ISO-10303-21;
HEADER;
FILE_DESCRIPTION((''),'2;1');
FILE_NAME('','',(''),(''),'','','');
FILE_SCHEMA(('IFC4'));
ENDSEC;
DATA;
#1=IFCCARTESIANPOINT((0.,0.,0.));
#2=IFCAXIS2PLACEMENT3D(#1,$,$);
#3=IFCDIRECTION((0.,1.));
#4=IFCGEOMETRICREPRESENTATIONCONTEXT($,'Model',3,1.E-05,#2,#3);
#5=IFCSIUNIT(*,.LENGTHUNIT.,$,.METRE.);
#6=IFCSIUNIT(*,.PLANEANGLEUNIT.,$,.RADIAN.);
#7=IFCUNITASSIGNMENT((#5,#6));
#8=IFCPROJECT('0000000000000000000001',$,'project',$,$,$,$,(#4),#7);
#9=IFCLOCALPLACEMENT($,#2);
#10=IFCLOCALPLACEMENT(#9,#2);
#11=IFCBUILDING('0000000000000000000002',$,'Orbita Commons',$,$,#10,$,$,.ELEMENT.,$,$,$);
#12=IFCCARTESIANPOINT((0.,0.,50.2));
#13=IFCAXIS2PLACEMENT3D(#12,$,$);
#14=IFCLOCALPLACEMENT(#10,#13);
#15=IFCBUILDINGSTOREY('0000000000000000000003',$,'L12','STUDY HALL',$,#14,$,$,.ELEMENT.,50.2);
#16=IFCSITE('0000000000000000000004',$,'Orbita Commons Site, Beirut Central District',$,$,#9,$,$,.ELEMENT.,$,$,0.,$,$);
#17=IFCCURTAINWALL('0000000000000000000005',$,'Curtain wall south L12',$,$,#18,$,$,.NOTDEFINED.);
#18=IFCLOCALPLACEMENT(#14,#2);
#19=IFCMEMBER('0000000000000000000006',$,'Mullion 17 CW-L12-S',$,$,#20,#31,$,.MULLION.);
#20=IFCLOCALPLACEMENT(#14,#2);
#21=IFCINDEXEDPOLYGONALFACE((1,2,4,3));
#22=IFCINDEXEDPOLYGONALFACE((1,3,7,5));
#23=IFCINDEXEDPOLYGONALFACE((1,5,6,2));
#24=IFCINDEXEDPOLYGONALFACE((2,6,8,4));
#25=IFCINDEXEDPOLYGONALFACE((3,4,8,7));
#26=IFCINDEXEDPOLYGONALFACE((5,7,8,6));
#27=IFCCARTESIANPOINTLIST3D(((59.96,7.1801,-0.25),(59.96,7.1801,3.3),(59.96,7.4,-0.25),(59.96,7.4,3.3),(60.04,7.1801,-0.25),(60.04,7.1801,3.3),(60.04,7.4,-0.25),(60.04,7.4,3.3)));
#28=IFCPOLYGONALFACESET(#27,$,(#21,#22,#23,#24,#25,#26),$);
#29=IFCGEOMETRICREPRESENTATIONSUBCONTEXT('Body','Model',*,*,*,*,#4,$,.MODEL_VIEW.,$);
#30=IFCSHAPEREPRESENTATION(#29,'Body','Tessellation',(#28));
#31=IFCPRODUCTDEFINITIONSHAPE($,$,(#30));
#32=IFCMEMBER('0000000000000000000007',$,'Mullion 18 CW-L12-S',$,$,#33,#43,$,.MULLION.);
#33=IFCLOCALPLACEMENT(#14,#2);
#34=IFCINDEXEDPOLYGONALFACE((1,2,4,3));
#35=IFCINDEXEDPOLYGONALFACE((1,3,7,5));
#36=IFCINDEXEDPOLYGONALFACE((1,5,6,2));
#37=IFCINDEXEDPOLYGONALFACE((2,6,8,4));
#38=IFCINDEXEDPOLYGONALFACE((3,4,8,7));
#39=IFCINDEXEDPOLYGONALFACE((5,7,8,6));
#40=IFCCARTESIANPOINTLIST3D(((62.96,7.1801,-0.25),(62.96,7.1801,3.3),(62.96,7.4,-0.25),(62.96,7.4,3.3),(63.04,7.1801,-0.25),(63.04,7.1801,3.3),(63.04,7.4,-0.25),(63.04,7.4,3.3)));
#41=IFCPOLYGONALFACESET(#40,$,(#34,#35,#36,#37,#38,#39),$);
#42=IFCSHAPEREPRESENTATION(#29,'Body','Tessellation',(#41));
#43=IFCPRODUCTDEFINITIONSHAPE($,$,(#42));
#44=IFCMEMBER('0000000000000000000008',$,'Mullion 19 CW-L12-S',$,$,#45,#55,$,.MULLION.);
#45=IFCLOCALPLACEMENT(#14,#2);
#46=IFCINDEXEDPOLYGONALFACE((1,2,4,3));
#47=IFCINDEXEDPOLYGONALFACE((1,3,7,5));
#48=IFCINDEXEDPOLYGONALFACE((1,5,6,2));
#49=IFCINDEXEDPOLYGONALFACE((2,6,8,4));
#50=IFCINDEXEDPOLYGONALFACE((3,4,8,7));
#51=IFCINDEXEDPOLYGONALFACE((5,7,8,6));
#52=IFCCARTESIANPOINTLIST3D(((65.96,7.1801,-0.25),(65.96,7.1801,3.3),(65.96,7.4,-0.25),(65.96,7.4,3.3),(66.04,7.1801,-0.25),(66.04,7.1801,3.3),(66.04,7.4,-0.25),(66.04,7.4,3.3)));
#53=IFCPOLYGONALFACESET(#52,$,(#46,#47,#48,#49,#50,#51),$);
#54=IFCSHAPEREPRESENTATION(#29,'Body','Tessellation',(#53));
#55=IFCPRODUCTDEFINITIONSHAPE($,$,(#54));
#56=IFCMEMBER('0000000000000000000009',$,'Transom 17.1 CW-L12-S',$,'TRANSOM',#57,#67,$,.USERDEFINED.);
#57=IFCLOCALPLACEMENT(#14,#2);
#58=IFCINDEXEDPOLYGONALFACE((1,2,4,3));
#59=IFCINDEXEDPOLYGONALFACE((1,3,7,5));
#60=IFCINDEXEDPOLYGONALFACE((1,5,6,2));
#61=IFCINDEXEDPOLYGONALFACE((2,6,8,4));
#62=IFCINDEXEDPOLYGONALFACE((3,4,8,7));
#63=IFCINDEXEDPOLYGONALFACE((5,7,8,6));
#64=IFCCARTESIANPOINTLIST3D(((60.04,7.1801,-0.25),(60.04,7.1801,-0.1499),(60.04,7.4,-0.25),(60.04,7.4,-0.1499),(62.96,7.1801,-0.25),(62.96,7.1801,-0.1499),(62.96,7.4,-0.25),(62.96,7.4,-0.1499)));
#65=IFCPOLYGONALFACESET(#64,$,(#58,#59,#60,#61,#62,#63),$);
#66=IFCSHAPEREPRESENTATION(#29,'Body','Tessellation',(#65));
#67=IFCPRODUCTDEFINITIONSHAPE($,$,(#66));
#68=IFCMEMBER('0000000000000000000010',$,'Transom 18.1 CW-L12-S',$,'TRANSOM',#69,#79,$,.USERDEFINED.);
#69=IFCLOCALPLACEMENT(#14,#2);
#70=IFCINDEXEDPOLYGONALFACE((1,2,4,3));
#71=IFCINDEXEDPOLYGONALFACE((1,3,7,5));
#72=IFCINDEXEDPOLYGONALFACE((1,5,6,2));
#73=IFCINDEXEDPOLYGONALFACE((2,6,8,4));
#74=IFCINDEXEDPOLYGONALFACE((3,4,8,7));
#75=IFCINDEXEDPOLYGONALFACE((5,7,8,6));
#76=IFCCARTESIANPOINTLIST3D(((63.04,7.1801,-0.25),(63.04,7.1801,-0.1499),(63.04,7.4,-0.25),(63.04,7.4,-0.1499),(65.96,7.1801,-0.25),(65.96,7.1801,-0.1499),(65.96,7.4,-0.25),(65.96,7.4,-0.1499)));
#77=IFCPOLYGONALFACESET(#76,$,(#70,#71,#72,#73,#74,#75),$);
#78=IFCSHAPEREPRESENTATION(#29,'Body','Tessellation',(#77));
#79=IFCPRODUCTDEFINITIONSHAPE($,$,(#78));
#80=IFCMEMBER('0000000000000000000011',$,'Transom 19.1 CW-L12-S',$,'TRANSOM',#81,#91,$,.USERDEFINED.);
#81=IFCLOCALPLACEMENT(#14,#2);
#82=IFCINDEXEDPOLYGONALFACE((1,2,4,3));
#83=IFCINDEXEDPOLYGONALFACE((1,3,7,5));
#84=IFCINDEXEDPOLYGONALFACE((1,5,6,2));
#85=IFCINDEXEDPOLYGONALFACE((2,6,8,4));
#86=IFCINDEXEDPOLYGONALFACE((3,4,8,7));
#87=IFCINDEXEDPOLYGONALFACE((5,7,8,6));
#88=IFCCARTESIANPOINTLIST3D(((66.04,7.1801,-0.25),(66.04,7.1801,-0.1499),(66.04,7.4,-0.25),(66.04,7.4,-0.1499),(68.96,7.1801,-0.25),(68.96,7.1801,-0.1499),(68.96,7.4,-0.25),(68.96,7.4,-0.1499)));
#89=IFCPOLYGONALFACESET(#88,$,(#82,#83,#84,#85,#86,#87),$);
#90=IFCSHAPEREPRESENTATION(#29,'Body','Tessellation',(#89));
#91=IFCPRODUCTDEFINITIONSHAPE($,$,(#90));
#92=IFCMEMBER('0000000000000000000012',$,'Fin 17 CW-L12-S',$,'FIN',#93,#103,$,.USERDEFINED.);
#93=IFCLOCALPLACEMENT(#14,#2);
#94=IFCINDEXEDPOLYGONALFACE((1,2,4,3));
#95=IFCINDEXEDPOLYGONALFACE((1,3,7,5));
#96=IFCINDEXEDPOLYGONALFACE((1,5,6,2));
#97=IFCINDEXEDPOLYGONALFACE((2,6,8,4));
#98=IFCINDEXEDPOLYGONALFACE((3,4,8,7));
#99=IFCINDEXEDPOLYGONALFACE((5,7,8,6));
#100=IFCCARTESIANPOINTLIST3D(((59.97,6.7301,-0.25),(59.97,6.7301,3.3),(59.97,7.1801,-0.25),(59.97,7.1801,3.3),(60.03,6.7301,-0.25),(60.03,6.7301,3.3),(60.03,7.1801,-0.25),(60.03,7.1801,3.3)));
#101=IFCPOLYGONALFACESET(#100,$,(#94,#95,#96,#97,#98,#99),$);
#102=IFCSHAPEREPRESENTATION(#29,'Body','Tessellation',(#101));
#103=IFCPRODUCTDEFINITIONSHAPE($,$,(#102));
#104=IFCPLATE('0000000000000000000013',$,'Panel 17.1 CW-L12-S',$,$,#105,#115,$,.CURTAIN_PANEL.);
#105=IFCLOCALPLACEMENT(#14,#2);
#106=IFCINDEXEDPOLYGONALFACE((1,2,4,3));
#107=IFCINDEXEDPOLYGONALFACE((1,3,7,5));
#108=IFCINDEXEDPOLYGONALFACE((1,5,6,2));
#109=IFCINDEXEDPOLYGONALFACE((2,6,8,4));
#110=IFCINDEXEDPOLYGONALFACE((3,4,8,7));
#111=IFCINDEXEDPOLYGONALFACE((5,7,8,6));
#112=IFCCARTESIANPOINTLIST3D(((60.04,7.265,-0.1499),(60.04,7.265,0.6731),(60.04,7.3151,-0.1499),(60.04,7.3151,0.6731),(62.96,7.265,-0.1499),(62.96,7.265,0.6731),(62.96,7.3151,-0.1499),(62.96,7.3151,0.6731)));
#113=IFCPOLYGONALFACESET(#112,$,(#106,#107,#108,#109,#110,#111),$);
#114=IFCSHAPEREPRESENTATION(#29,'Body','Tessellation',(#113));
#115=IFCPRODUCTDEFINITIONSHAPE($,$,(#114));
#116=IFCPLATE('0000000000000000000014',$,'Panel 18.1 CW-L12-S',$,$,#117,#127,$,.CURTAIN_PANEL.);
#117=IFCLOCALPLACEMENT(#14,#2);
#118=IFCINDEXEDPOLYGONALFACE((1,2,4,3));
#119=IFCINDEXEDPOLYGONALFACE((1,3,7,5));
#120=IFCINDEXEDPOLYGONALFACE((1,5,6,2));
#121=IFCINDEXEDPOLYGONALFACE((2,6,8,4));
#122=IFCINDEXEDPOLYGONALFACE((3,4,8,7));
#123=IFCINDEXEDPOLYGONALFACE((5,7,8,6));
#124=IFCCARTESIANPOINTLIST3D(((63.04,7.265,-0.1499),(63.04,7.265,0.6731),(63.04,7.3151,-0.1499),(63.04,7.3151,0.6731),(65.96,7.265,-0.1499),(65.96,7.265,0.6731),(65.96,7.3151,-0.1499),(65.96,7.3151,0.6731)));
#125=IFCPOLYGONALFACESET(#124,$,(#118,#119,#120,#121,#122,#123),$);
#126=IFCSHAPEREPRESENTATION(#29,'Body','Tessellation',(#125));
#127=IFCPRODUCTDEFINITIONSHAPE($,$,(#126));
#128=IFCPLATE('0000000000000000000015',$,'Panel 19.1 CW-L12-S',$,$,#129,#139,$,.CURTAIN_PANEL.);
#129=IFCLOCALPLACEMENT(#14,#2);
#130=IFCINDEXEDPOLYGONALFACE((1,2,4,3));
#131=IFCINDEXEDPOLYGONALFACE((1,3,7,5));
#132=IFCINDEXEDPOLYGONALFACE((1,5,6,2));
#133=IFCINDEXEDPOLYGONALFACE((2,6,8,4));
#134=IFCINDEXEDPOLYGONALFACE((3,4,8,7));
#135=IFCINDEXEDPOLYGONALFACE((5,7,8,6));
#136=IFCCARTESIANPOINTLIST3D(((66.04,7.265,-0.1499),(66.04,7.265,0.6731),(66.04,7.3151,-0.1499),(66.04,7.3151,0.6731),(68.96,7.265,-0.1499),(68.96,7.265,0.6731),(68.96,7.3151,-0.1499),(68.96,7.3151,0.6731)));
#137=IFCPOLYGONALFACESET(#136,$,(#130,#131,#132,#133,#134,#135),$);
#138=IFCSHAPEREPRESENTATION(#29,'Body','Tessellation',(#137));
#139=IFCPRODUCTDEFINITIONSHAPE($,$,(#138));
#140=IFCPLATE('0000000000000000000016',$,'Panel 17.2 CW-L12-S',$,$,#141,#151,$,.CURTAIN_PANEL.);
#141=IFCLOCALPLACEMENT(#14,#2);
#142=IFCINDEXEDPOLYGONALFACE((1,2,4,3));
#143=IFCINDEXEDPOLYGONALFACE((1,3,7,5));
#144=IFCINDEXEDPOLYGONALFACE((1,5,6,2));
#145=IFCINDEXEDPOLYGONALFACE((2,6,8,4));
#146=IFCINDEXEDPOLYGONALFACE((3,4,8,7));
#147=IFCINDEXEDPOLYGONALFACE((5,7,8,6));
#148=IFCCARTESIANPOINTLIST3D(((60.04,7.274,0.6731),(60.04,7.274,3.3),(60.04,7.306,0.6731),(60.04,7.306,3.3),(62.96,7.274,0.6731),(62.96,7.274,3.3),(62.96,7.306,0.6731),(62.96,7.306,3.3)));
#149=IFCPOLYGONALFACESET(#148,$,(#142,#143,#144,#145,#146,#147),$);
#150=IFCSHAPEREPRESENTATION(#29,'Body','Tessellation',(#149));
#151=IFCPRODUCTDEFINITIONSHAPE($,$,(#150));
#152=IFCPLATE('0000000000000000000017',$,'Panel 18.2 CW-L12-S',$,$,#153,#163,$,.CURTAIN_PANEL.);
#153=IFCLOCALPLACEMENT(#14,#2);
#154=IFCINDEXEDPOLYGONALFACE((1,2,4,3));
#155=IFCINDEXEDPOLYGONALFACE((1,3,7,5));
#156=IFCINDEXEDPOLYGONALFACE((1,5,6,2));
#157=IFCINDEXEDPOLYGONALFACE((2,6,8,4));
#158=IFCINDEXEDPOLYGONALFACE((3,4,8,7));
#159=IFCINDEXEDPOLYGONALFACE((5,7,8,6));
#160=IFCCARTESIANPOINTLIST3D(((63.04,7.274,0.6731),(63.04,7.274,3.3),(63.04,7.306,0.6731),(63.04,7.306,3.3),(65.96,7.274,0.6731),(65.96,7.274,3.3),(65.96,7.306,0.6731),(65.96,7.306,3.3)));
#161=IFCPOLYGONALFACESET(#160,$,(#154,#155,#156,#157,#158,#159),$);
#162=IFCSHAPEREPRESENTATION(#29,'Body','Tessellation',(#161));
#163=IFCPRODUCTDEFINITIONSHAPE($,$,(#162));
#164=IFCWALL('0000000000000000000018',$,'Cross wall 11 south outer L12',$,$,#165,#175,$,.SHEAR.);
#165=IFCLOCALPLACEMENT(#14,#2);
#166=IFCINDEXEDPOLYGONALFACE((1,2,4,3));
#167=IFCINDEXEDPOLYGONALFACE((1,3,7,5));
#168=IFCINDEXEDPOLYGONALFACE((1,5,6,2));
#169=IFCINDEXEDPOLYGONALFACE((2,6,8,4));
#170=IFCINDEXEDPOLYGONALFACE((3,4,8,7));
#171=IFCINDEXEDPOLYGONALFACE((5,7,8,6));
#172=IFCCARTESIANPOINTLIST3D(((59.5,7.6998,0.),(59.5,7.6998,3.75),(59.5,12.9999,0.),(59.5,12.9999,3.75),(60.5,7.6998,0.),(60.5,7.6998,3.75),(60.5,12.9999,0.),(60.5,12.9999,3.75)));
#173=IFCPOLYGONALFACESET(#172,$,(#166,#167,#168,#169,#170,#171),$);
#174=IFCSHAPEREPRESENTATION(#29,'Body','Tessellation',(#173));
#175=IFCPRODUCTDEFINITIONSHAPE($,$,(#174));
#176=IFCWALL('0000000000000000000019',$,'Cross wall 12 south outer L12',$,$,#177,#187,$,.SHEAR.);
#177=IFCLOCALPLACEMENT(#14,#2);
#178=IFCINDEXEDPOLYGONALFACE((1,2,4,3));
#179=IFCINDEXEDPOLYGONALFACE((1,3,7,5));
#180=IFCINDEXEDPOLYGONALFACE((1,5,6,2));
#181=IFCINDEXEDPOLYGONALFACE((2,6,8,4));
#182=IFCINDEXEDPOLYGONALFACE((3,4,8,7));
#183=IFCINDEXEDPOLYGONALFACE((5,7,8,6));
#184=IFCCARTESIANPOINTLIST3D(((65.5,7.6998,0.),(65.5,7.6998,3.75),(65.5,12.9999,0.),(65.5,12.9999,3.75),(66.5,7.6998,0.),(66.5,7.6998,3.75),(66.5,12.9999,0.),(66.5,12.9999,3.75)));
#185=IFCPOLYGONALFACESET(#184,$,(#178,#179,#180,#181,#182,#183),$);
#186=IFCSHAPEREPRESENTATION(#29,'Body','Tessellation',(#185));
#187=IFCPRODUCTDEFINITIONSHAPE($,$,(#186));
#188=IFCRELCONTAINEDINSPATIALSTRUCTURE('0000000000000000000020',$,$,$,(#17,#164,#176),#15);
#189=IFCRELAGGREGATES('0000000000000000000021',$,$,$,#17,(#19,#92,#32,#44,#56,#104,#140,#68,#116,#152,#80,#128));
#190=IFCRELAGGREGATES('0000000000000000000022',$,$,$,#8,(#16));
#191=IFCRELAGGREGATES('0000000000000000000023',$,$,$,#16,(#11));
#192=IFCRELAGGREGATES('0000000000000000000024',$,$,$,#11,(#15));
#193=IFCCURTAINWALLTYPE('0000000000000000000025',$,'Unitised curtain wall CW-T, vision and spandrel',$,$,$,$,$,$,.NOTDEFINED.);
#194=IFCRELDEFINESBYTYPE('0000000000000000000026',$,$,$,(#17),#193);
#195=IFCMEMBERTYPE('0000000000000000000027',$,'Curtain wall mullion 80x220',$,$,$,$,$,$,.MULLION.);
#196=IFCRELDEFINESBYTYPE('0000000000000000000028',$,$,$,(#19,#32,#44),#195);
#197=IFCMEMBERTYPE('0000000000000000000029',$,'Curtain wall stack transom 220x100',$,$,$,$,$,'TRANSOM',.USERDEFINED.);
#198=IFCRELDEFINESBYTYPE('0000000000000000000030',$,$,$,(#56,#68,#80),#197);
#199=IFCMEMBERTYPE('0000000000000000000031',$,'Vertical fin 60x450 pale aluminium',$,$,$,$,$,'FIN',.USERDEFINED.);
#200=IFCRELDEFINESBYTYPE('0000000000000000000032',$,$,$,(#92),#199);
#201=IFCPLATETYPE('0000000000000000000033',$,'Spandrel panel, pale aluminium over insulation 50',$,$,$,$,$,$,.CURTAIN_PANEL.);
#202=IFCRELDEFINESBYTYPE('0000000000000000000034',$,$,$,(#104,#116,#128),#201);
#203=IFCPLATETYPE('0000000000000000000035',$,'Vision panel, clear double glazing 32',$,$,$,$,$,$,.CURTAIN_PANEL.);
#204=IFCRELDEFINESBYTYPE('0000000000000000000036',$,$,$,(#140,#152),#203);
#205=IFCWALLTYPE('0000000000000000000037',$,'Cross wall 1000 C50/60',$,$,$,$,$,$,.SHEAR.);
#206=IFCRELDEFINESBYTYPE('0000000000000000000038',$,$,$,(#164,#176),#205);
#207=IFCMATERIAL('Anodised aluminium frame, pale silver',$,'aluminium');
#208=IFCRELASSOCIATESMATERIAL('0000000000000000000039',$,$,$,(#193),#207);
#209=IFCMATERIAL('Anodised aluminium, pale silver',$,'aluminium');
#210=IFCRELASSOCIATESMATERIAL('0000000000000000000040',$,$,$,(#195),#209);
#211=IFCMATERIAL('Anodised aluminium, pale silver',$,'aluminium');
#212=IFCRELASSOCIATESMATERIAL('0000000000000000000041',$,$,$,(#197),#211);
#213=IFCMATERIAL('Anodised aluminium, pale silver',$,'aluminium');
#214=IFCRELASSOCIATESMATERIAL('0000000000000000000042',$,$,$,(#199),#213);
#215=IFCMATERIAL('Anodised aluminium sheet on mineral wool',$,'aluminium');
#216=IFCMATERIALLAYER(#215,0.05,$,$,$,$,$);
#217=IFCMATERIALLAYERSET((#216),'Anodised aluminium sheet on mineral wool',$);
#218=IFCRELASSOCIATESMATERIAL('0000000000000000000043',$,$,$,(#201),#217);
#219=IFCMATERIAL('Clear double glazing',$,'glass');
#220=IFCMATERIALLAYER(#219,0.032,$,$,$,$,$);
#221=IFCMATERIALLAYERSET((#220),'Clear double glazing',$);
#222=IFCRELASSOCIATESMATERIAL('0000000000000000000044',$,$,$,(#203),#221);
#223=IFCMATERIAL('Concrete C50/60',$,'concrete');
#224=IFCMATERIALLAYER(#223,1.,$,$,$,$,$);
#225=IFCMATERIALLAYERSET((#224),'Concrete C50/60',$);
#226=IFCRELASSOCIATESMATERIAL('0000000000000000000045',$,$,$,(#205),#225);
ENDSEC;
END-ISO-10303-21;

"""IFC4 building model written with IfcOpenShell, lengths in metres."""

from ifc_helpers import new_model, si_unit, direction, frame, frame_2d, origin, origin_2d, place, context, subcontext, project, spatial, rectangle, extrude, material, layer, layer_set, material_profile, profile_set, type_object, element, aggregate, save


model = new_model("IFC4")

# Units and contexts
model_context = context("Model", 3, precision=1e-05, world=origin(), true_north=direction((0.0, 1.0)))
body_context = subcontext(model_context, "Body", "Model", "MODEL_VIEW")
ifc_project = project(units=[si_unit("LENGTHUNIT", "METRE"), si_unit("PLANEANGLEUNIT", "RADIAN")], contexts=[model_context])

# Site, building, storey
site_placement = place(None, origin())
site = spatial("IfcSite", under=ifc_project, at=site_placement, Name="Orbita Commons Site, Beirut Central District", CompositionType="ELEMENT", RefElevation=0.0)
building_placement = place(site_placement, origin())
building = spatial("IfcBuilding", under=site, at=building_placement, Name="Orbita Commons", CompositionType="ELEMENT")
storey_placement = place(building_placement, frame((0.0, 0.0, 50.2)))
storey = spatial("IfcBuildingStorey", under=building, at=storey_placement, Name="L12", Description="STUDY HALL", CompositionType="ELEMENT", Elevation=50.2)

# Curtain wall, members, plates
ifc_material_1 = material(Name="Anodised aluminium frame, pale silver", Category="aluminium")
curtain_wall_type = type_object("IfcCurtainWallType", Name="Unitised curtain wall CW-T, vision and spandrel", PredefinedType="NOTDEFINED", material=ifc_material_1)
curtain_wall_placement = place(storey_placement, origin())
curtain_wall = element("IfcCurtainWall", 1, at=curtain_wall_placement, inside=storey, type_object=curtain_wall_type, Name="Curtain wall south L12", PredefinedType="NOTDEFINED")
ifc_material_2 = material(Name="Anodised aluminium, pale silver", Category="aluminium")
ifc_material_profile_1 = material_profile(ifc_material_2, rectangle(XDim=0.0801, YDim=0.22, at=origin_2d()), Name="AL 80x220")
ifc_profile_set_1 = profile_set([ifc_material_profile_1], Name="Anodised aluminium, pale silver")
member_type_1 = type_object("IfcMemberType", Name="Curtain wall mullion 80x220", PredefinedType="MULLION", material=ifc_profile_set_1)
member_1_placement = place(storey_placement, frame((60.0, 7.29, -0.25), z_axis=(0.0, 0.0, 1.0), x_axis=(1.0, 0.0, 0.0)))
member_1 = element("IfcMember", 2, at=member_1_placement, type_object=member_type_1, Name="Mullion 17 CW-L12-S", PredefinedType="MULLION", context=body_context, shape_type="SweptSolid", body=[
    extrude(rectangle(XDim=0.0801, YDim=0.22, at=origin_2d()), origin(), (0.0, 0.0, 1.0), 3.55),
])
member_2_placement = place(storey_placement, frame((63.0, 7.29, -0.25), z_axis=(0.0, 0.0, 1.0), x_axis=(1.0, 0.0, 0.0)))
member_2 = element("IfcMember", 3, at=member_2_placement, type_object=member_type_1, Name="Mullion 18 CW-L12-S", PredefinedType="MULLION", context=body_context, shape_type="SweptSolid", body=[
    extrude(rectangle(XDim=0.0801, YDim=0.22, at=origin_2d()), origin(), (0.0, 0.0, 1.0), 3.55),
])
member_3_placement = place(storey_placement, frame((66.0, 7.29, -0.25), z_axis=(0.0, 0.0, 1.0), x_axis=(1.0, 0.0, 0.0)))
member_3 = element("IfcMember", 4, at=member_3_placement, type_object=member_type_1, Name="Mullion 19 CW-L12-S", PredefinedType="MULLION", context=body_context, shape_type="SweptSolid", body=[
    extrude(rectangle(XDim=0.0801, YDim=0.22, at=origin_2d()), origin(), (0.0, 0.0, 1.0), 3.55),
])
ifc_material_3 = material(Name="Anodised aluminium, pale silver", Category="aluminium")
ifc_material_profile_2 = material_profile(ifc_material_3, rectangle(XDim=0.22, YDim=0.1001, at=origin_2d()), Name="AL 220x100")
ifc_profile_set_2 = profile_set([ifc_material_profile_2], Name="Anodised aluminium, pale silver")
member_type_2 = type_object("IfcMemberType", Name="Curtain wall stack transom 220x100", ElementType="TRANSOM", PredefinedType="USERDEFINED", material=ifc_profile_set_2)
member_4_placement = place(storey_placement, frame((60.04, 7.29, -0.2), z_axis=(1.0, 0.0, 0.0), x_axis=(0.0, 1.0, 0.0)))
member_4 = element("IfcMember", 5, at=member_4_placement, type_object=member_type_2, Name="Transom 17.1 CW-L12-S", ObjectType="TRANSOM", PredefinedType="USERDEFINED", context=body_context, shape_type="SweptSolid", body=[
    extrude(rectangle(XDim=0.22, YDim=0.1001, at=origin_2d()), origin(), (0.0, 0.0, 1.0), 2.9199),
])
member_5_placement = place(storey_placement, frame((63.04, 7.29, -0.2), z_axis=(1.0, 0.0, 0.0), x_axis=(0.0, 1.0, 0.0)))
member_5 = element("IfcMember", 6, at=member_5_placement, type_object=member_type_2, Name="Transom 18.1 CW-L12-S", ObjectType="TRANSOM", PredefinedType="USERDEFINED", context=body_context, shape_type="SweptSolid", body=[
    extrude(rectangle(XDim=0.22, YDim=0.1001, at=origin_2d()), origin(), (0.0, 0.0, 1.0), 2.9199),
])
member_6_placement = place(storey_placement, frame((66.04, 7.29, -0.2), z_axis=(1.0, 0.0, 0.0), x_axis=(0.0, 1.0, 0.0)))
member_6 = element("IfcMember", 7, at=member_6_placement, type_object=member_type_2, Name="Transom 19.1 CW-L12-S", ObjectType="TRANSOM", PredefinedType="USERDEFINED", context=body_context, shape_type="SweptSolid", body=[
    extrude(rectangle(XDim=0.22, YDim=0.1001, at=origin_2d()), origin(), (0.0, 0.0, 1.0), 2.9199),
])
ifc_material_4 = material(Name="Anodised aluminium, pale silver", Category="aluminium")
ifc_material_profile_3 = material_profile(ifc_material_4, rectangle(XDim=0.0601, YDim=0.45, at=origin_2d()), Name="FIN 60x450")
ifc_profile_set_3 = profile_set([ifc_material_profile_3], Name="Anodised aluminium, pale silver")
member_type_3 = type_object("IfcMemberType", Name="Vertical fin 60x450 pale aluminium", ElementType="FIN", PredefinedType="USERDEFINED", material=ifc_profile_set_3)
member_7_placement = place(storey_placement, frame((60.0, 6.9551, -0.25), z_axis=(0.0, 0.0, 1.0), x_axis=(1.0, 0.0, 0.0)))
member_7 = element("IfcMember", 8, at=member_7_placement, type_object=member_type_3, Name="Fin 17 CW-L12-S", ObjectType="FIN", PredefinedType="USERDEFINED", context=body_context, shape_type="SweptSolid", body=[
    extrude(rectangle(XDim=0.0601, YDim=0.45, at=origin_2d()), origin(), (0.0, 0.0, 1.0), 3.55),
])
ifc_material_5 = material(Name="Anodised aluminium sheet on mineral wool", Category="aluminium")
ifc_layer_1 = layer(ifc_material_5, 0.05)
ifc_layer_set_1 = layer_set([ifc_layer_1], Name="Anodised aluminium sheet on mineral wool")
plate_type_1 = type_object("IfcPlateType", Name="Spandrel panel, pale aluminium over insulation 50", PredefinedType="CURTAIN_PANEL", material=ifc_layer_set_1)
plate_1_placement = place(storey_placement, frame((61.5, 7.29, -0.1499), z_axis=(0.0, 0.0, 1.0), x_axis=(1.0, 0.0, 0.0)))
plate_1 = element("IfcPlate", 9, at=plate_1_placement, type_object=plate_type_1, Name="Panel 17.1 CW-L12-S", PredefinedType="CURTAIN_PANEL", context=body_context, shape_type="SweptSolid", body=[
    extrude(rectangle(XDim=2.9199, YDim=0.05, at=origin_2d()), origin(), (0.0, 0.0, 1.0), 0.823),
])
plate_2_placement = place(storey_placement, frame((64.5, 7.29, -0.1499), z_axis=(0.0, 0.0, 1.0), x_axis=(1.0, 0.0, 0.0)))
plate_2 = element("IfcPlate", 10, at=plate_2_placement, type_object=plate_type_1, Name="Panel 18.1 CW-L12-S", PredefinedType="CURTAIN_PANEL", context=body_context, shape_type="SweptSolid", body=[
    extrude(rectangle(XDim=2.9199, YDim=0.05, at=origin_2d()), origin(), (0.0, 0.0, 1.0), 0.823),
])
plate_3_placement = place(storey_placement, frame((67.5, 7.29, -0.1499), z_axis=(0.0, 0.0, 1.0), x_axis=(1.0, 0.0, 0.0)))
plate_3 = element("IfcPlate", 11, at=plate_3_placement, type_object=plate_type_1, Name="Panel 19.1 CW-L12-S", PredefinedType="CURTAIN_PANEL", context=body_context, shape_type="SweptSolid", body=[
    extrude(rectangle(XDim=2.9199, YDim=0.05, at=origin_2d()), origin(), (0.0, 0.0, 1.0), 0.823),
])
ifc_material_6 = material(Name="Clear double glazing", Category="glass")
ifc_layer_2 = layer(ifc_material_6, 0.032)
ifc_layer_set_2 = layer_set([ifc_layer_2], Name="Clear double glazing")
plate_type_2 = type_object("IfcPlateType", Name="Vision panel, clear double glazing 32", PredefinedType="CURTAIN_PANEL", material=ifc_layer_set_2)
plate_4_placement = place(storey_placement, frame((61.5, 7.29, 0.6731), z_axis=(0.0, 0.0, 1.0), x_axis=(1.0, 0.0, 0.0)))
plate_4 = element("IfcPlate", 12, at=plate_4_placement, type_object=plate_type_2, Name="Panel 17.2 CW-L12-S", PredefinedType="CURTAIN_PANEL", context=body_context, shape_type="SweptSolid", body=[
    extrude(rectangle(XDim=2.9199, YDim=0.032, at=origin_2d()), origin(), (0.0, 0.0, 1.0), 2.627),
])
plate_5_placement = place(storey_placement, frame((64.5, 7.29, 0.6731), z_axis=(0.0, 0.0, 1.0), x_axis=(1.0, 0.0, 0.0)))
plate_5 = element("IfcPlate", 13, at=plate_5_placement, type_object=plate_type_2, Name="Panel 18.2 CW-L12-S", PredefinedType="CURTAIN_PANEL", context=body_context, shape_type="SweptSolid", body=[
    extrude(rectangle(XDim=2.9199, YDim=0.032, at=origin_2d()), origin(), (0.0, 0.0, 1.0), 2.627),
])
aggregate(curtain_wall, [member_1, member_7, member_2, member_3, member_4, plate_1, plate_4, member_5, plate_2, plate_5, member_6, plate_3])

# Walls
ifc_material_7 = material(Name="Concrete C50/60", Category="concrete")
ifc_layer_3 = layer(ifc_material_7, 1.0)
ifc_layer_set_3 = layer_set([ifc_layer_3], Name="Concrete C50/60")
wall_type_1 = type_object("IfcWallType", Name="Cross wall 1000 C50/60", PredefinedType="SHEAR", material=ifc_layer_set_3)
for number, where, z_axis, x_axis, name in (
    (14, (60.0, 7.7, 0.0), (0.0, 0.0, 1.0), (0.0, 1.0, 0.0), "Cross wall 11 south outer L12"),
    (15, (66.0, 7.7, 0.0), (0.0, 0.0, 1.0), (0.0, 1.0, 0.0), "Cross wall 12 south outer L12"),
):
    element("IfcWall", number, at=place(storey_placement, frame(where, z_axis=z_axis, x_axis=x_axis)), inside=storey, type_object=wall_type_1, Name=name, PredefinedType="SHEAR", context=body_context, shape_type="SweptSolid", body=[
        extrude(rectangle(XDim=5.3, YDim=1.0, at=frame_2d((2.6499, 0.0))), origin(), (0.0, 0.0, 1.0), 3.75),
    ])

save(model, "model.ifc")
